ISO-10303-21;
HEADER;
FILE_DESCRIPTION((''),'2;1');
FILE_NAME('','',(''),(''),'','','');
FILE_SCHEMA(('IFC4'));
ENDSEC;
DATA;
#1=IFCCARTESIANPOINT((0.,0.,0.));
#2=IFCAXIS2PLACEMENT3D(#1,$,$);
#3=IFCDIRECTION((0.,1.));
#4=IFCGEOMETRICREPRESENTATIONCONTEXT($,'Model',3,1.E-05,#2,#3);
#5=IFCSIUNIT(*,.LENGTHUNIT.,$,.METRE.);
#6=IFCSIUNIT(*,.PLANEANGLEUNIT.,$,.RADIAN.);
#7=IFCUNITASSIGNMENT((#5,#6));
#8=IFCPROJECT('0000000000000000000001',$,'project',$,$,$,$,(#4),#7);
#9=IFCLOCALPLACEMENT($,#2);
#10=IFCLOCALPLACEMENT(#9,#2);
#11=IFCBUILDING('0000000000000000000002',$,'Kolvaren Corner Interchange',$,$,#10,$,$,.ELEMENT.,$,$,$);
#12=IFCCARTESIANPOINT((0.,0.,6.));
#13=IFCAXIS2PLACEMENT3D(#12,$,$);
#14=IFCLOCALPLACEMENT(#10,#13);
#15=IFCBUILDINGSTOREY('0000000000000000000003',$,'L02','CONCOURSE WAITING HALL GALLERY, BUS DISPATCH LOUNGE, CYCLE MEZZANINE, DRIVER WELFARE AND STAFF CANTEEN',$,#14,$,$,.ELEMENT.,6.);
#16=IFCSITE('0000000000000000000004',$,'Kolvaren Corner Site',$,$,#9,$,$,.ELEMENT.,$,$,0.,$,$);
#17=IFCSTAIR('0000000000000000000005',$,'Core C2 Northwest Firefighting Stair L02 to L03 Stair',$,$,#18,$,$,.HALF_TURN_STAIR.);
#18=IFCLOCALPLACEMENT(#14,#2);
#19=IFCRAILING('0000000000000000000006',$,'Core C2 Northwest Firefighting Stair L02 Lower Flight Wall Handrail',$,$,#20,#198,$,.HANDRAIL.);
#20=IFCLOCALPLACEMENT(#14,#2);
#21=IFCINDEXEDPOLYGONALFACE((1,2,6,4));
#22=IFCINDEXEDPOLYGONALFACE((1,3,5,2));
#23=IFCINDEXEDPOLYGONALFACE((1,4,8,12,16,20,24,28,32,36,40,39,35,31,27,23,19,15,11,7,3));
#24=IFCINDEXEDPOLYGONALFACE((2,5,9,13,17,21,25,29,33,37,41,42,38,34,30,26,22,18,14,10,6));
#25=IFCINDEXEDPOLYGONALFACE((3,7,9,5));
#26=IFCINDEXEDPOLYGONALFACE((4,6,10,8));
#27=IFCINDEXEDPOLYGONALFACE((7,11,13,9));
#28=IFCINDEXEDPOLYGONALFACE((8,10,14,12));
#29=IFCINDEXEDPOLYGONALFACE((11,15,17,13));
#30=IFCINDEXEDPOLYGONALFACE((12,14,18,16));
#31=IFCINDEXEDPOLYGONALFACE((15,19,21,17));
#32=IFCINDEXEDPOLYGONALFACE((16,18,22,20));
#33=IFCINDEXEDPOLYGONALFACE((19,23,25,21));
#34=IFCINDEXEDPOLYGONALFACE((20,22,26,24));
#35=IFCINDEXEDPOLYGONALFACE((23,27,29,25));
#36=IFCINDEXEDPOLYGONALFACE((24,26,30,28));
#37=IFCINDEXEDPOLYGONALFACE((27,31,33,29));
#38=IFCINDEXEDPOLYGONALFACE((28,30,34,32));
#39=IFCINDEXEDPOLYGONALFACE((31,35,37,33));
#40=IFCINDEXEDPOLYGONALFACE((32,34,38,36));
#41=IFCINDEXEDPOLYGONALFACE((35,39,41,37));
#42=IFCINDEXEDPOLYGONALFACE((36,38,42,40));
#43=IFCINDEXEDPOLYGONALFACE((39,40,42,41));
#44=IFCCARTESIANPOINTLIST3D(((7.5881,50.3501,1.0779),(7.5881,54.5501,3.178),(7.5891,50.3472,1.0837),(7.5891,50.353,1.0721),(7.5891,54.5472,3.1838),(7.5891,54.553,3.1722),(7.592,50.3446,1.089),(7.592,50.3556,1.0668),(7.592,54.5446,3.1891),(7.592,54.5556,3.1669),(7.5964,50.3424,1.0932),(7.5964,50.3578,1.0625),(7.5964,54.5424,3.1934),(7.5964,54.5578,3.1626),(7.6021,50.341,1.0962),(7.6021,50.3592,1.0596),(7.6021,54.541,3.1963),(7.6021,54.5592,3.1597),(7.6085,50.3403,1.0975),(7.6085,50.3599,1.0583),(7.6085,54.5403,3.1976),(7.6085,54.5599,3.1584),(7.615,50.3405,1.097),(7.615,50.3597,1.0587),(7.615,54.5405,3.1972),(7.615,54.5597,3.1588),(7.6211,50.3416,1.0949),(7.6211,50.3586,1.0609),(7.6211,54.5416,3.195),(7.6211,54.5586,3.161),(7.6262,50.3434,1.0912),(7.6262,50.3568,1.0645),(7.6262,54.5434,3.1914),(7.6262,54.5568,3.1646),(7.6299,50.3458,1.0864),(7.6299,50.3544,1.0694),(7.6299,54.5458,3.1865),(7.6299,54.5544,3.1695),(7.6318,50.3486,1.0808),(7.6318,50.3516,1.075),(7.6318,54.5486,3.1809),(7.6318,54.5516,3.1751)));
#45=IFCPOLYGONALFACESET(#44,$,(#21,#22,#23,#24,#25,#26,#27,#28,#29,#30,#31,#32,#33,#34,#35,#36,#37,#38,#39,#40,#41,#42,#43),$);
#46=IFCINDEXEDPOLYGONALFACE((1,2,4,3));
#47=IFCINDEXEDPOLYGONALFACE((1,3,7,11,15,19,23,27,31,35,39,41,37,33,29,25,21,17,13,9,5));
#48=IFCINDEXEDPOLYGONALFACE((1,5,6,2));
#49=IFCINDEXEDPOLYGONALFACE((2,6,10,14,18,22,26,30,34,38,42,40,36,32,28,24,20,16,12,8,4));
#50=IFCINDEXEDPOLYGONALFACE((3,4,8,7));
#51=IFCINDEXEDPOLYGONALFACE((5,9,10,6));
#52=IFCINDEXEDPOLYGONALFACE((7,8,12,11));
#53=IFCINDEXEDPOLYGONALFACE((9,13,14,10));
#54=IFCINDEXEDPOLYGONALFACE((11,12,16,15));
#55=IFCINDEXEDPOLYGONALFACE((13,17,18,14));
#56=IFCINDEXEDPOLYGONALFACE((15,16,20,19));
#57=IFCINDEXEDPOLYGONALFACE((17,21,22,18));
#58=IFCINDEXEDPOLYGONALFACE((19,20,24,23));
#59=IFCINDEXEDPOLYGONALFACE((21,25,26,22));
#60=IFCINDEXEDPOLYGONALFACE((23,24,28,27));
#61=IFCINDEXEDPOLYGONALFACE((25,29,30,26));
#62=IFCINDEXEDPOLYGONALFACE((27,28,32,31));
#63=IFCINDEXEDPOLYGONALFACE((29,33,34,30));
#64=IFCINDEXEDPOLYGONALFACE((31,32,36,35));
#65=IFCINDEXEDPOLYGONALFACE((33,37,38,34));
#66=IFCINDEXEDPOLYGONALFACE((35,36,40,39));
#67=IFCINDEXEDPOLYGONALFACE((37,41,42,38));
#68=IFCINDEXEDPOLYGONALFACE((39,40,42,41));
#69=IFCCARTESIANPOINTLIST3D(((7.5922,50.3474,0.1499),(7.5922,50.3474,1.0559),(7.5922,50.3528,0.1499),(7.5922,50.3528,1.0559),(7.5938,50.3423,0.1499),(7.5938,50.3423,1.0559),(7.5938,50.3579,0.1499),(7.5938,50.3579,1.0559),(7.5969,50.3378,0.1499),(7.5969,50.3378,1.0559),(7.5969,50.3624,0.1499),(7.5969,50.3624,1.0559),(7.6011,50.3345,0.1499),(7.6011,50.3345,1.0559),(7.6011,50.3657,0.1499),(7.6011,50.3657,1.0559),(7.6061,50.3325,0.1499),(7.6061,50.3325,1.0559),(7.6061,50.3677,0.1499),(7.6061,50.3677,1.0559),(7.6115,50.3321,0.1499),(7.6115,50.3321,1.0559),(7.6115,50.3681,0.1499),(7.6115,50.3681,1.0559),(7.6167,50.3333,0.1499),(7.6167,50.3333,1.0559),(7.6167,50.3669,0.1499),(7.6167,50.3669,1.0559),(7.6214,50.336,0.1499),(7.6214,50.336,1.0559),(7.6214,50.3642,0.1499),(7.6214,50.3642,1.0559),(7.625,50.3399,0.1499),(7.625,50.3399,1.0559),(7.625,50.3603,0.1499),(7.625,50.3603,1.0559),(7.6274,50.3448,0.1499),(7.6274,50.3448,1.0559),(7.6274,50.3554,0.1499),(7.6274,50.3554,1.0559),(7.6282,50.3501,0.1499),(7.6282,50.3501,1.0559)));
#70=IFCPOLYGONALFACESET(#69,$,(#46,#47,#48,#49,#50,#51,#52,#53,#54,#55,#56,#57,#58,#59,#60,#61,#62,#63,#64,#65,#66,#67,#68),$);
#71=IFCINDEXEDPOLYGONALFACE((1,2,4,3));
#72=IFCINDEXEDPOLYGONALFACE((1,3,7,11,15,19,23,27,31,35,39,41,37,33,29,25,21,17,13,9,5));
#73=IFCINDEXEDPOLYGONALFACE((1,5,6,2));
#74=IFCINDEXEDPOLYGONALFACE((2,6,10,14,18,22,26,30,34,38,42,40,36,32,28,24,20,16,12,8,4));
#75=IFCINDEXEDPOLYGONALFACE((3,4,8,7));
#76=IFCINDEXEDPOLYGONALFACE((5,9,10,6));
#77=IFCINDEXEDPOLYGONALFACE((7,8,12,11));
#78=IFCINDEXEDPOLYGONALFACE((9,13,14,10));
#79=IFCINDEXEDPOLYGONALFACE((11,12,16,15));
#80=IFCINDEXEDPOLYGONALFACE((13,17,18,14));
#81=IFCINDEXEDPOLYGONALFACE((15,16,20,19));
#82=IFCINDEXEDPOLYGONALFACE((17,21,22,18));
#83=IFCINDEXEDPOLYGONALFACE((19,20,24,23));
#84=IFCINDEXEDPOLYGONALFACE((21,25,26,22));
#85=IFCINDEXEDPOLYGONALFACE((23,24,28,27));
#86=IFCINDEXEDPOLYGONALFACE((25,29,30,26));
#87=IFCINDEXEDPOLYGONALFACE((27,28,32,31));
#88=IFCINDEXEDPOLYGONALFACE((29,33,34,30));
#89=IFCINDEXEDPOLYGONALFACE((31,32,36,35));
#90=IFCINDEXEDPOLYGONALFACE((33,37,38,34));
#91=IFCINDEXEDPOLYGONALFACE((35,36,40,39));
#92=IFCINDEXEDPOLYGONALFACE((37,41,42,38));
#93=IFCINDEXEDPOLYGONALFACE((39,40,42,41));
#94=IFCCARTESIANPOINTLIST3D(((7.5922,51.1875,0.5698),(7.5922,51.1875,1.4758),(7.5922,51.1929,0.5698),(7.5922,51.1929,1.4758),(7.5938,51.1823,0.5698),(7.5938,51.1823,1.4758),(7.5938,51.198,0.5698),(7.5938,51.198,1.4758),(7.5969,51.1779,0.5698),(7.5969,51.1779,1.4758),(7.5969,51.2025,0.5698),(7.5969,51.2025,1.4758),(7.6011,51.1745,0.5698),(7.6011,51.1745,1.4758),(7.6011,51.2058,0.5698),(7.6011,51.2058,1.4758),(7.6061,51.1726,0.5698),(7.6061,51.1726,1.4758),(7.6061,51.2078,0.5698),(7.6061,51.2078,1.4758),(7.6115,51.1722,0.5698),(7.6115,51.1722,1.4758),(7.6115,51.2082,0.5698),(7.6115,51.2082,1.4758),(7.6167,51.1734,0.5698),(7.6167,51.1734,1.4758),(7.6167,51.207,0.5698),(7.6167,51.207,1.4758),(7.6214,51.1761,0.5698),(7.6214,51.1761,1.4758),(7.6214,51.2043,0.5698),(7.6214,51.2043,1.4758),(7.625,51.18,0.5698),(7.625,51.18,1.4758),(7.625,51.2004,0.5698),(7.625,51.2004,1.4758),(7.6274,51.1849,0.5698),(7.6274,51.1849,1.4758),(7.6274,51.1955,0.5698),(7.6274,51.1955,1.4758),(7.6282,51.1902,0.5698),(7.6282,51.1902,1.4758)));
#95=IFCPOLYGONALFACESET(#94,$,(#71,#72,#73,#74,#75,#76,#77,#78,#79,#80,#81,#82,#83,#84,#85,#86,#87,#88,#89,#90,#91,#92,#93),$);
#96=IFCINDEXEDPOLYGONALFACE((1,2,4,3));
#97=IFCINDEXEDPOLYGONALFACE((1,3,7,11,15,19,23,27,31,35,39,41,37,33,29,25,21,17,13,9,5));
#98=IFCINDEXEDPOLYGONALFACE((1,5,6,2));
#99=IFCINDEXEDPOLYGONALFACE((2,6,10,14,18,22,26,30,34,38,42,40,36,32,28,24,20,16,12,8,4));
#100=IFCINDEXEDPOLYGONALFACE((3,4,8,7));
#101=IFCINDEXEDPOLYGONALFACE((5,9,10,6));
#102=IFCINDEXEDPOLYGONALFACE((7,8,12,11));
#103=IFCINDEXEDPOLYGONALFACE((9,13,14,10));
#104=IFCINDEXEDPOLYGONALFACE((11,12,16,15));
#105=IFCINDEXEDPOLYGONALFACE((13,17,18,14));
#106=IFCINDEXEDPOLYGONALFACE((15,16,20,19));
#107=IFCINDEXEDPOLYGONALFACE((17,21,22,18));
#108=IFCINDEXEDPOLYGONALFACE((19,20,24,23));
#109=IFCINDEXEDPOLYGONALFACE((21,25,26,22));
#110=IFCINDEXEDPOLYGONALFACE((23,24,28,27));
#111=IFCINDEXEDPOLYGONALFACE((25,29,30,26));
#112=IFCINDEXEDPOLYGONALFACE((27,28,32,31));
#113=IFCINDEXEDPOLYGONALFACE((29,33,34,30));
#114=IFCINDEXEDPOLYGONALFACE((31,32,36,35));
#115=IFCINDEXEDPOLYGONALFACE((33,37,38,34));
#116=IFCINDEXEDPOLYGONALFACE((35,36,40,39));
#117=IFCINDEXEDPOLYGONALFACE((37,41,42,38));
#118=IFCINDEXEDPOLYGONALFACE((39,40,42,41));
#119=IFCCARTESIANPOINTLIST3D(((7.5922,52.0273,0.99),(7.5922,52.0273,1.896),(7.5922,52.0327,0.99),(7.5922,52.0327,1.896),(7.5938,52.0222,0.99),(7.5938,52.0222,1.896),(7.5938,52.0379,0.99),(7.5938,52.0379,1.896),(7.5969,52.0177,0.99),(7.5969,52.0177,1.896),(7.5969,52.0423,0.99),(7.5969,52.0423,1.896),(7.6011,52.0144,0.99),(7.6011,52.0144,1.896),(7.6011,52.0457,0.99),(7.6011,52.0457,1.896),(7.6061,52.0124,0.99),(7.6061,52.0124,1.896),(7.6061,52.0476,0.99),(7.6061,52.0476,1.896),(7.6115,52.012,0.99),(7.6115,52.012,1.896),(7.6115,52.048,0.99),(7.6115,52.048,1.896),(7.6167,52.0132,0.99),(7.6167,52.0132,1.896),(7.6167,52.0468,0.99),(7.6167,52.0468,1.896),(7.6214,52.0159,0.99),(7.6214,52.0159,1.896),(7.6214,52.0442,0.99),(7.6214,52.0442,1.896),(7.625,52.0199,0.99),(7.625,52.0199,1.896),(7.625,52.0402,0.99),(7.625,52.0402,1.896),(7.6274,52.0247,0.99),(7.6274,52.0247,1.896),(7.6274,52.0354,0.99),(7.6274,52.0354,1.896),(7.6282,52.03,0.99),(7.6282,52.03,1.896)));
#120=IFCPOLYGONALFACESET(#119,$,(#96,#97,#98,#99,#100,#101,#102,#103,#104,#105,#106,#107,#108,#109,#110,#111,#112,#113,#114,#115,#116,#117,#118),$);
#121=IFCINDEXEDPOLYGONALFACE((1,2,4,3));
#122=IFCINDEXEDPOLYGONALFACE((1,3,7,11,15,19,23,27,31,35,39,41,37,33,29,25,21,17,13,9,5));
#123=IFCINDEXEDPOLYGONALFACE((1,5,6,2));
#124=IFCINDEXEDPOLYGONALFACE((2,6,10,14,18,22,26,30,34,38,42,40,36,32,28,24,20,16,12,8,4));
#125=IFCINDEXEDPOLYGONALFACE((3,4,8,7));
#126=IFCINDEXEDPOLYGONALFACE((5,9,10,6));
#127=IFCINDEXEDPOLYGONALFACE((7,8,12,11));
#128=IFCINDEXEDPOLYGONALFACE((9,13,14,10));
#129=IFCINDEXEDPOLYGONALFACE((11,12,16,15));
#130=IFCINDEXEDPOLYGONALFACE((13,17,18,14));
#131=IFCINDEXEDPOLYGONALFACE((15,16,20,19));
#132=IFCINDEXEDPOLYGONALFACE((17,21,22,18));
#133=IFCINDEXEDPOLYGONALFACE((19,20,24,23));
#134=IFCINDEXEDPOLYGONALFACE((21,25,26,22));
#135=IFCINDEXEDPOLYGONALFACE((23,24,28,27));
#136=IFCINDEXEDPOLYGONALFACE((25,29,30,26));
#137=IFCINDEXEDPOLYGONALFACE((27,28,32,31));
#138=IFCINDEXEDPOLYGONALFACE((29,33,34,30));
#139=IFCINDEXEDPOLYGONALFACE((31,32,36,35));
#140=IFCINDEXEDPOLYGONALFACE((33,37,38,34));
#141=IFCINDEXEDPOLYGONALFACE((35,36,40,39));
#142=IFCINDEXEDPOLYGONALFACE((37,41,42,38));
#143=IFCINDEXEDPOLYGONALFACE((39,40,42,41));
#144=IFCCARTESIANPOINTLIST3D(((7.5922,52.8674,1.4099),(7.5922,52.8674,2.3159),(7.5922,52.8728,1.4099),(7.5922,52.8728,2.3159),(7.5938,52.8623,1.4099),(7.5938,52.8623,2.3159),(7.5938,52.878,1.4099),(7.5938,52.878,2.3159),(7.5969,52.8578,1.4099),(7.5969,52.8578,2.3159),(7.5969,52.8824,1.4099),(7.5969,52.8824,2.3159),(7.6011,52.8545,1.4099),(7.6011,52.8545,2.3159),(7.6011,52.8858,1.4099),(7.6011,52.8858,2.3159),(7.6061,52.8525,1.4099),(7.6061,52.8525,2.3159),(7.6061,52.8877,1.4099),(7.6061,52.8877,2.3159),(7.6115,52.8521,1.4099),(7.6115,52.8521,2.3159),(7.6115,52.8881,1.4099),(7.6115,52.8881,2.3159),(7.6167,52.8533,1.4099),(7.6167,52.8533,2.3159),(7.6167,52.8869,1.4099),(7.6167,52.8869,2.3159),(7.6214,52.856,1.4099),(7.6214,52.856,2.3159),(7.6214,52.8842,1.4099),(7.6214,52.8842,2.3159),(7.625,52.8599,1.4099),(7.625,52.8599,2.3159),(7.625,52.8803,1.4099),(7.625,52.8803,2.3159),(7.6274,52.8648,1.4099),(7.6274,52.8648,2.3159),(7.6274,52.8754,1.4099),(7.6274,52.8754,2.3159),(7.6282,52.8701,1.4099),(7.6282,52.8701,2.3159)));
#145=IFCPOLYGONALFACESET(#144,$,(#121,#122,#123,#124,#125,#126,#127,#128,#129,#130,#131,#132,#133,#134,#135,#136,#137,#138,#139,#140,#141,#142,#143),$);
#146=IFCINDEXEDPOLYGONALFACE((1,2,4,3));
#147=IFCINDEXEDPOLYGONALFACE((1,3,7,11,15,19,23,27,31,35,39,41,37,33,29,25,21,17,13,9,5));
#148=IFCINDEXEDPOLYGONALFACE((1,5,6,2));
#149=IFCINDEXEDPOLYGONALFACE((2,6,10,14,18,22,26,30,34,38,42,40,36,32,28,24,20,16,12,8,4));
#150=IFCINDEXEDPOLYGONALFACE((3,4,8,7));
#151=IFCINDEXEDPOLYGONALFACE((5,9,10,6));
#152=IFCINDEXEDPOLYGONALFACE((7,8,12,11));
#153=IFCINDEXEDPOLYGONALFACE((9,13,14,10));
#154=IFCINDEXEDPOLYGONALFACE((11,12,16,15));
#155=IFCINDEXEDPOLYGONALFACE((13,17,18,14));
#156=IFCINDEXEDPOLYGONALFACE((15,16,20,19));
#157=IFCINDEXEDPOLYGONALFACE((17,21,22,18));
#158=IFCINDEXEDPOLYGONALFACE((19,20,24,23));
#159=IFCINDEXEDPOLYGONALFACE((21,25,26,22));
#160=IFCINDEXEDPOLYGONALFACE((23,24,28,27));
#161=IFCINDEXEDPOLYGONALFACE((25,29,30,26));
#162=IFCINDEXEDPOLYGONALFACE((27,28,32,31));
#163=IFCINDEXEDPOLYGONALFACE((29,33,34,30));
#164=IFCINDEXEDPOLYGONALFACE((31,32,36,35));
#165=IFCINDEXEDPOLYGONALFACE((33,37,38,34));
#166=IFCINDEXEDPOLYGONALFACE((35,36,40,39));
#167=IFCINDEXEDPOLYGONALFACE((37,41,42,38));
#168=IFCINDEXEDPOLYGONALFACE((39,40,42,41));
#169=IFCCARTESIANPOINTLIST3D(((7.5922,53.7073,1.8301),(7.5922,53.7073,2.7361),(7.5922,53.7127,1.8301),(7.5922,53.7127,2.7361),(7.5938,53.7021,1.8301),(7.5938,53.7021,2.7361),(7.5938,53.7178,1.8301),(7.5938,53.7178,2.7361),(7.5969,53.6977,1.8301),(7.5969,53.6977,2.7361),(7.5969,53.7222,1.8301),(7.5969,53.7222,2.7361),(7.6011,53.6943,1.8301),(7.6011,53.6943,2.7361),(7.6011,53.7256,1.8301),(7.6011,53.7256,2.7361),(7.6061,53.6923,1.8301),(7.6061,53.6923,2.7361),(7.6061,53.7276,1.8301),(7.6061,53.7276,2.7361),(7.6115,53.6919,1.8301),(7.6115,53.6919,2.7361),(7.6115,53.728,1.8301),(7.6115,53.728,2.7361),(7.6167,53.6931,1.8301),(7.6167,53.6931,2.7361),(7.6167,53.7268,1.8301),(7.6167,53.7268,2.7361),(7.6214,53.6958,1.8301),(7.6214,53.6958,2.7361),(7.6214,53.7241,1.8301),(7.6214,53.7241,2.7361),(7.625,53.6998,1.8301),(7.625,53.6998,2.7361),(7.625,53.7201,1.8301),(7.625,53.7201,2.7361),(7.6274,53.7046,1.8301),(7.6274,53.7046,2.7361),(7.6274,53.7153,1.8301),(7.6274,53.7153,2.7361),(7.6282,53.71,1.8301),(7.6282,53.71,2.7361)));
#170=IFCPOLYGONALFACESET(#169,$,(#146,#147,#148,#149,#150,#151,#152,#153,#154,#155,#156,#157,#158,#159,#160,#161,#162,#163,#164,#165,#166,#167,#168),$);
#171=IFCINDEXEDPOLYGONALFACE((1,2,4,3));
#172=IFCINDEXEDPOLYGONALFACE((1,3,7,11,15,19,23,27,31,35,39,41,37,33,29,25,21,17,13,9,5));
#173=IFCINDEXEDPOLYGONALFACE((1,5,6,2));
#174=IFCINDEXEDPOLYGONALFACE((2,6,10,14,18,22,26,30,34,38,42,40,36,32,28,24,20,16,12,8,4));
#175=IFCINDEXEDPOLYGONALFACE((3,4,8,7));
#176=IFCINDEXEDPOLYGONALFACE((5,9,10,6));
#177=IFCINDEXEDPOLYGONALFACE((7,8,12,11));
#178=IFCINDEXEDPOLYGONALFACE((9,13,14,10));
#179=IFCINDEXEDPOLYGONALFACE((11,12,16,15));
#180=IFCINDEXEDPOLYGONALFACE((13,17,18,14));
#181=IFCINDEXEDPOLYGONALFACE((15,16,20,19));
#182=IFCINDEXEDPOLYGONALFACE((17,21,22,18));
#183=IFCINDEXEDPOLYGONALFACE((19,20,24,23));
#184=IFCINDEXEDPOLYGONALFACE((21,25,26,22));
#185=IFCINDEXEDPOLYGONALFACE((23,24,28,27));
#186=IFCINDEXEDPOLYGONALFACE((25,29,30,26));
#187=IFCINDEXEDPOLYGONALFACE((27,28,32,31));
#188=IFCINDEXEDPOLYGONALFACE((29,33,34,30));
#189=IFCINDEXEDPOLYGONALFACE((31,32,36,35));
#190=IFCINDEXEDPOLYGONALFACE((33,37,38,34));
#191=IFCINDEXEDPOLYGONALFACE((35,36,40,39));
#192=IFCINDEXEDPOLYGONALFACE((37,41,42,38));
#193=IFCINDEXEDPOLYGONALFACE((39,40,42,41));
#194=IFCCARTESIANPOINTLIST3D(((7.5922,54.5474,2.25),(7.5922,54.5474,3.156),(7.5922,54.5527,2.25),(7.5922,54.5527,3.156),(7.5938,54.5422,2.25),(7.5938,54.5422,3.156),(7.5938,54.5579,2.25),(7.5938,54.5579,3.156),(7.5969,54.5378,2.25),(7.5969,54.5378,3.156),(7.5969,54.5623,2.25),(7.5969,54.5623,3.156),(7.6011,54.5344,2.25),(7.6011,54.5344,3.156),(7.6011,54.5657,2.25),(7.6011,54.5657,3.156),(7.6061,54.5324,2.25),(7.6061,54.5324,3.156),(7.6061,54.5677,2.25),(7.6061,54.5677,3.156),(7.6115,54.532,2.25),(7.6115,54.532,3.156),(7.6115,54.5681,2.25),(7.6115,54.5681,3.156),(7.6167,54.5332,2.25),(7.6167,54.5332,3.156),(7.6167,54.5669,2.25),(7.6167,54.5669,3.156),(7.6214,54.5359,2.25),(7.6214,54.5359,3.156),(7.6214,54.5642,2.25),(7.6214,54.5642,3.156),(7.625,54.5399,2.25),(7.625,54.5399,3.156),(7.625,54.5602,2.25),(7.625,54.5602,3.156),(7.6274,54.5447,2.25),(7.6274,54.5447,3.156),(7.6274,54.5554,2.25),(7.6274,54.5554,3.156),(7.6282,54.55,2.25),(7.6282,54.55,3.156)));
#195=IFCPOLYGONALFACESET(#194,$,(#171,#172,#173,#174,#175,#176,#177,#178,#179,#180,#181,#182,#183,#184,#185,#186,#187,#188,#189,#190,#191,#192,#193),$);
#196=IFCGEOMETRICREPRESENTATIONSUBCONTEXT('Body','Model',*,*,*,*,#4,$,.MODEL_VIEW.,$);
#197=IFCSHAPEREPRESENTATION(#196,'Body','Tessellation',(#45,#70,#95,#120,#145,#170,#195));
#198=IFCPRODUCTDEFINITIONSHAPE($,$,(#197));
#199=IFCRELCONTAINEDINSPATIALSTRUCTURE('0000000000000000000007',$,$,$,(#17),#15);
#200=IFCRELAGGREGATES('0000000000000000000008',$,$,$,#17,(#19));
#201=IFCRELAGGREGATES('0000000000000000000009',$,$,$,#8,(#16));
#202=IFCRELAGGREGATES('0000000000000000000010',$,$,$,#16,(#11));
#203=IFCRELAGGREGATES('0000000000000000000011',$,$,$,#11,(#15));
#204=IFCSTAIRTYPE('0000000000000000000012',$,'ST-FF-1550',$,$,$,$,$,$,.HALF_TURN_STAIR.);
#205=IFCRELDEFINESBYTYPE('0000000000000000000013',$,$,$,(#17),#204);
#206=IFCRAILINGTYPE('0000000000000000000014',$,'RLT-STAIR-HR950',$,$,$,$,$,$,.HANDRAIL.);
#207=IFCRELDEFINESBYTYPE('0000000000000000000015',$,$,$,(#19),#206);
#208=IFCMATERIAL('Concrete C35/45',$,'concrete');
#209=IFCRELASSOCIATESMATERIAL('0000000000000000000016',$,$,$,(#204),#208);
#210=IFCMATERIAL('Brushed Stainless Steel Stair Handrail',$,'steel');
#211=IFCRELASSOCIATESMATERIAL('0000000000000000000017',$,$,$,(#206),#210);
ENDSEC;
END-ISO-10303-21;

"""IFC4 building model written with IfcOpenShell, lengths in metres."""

from ifc_helpers import new_model, si_unit, direction, frame, origin, origin_2d, place, context, subcontext, project, spatial, circle, extrude, material, type_object, element, aggregate, save


model = new_model("IFC4")

# Units and contexts
model_context = context("Model", 3, precision=1e-05, world=origin(), true_north=direction((0.0, 1.0)))
body_context = subcontext(model_context, "Body", "Model", "MODEL_VIEW")
ifc_project = project(units=[si_unit("LENGTHUNIT", "METRE"), si_unit("PLANEANGLEUNIT", "RADIAN")], contexts=[model_context])

# Site, building, storey
site_placement = place(None, origin())
site = spatial("IfcSite", under=ifc_project, at=site_placement, Name="Kolvaren Corner Site", CompositionType="ELEMENT", RefElevation=0.0)
building_placement = place(site_placement, origin())
building = spatial("IfcBuilding", under=site, at=building_placement, Name="Kolvaren Corner Interchange", CompositionType="ELEMENT")
storey_placement = place(building_placement, frame((0.0, 0.0, 6.0)))
storey = spatial("IfcBuildingStorey", under=building, at=storey_placement, Name="L02", Description="CONCOURSE WAITING HALL GALLERY, BUS DISPATCH LOUNGE, CYCLE MEZZANINE, DRIVER WELFARE AND STAFF CANTEEN", CompositionType="ELEMENT", Elevation=6.0)

# Stair
ifc_material_1 = material(Name="Concrete C35/45", Category="concrete")
stair_type = type_object("IfcStairType", Name="ST-FF-1550", PredefinedType="HALF_TURN_STAIR", material=ifc_material_1)
stair_placement = place(storey_placement, origin())
stair = element("IfcStair", 1, at=stair_placement, inside=storey, type_object=stair_type, Name="Core C2 Northwest Firefighting Stair L02 to L03 Stair", PredefinedType="HALF_TURN_STAIR")

# Railing
ifc_material_2 = material(Name="Brushed Stainless Steel Stair Handrail", Category="steel")
railing_type_1 = type_object("IfcRailingType", Name="RLT-STAIR-HR950", PredefinedType="HANDRAIL", material=ifc_material_2)
railing_1_placement = place(storey_placement, frame((7.6101, 50.3501, 0.1499)))
railing_1 = element("IfcRailing", 2, at=railing_1_placement, type_object=railing_type_1, Name="Core C2 Northwest Firefighting Stair L02 Lower Flight Wall Handrail", PredefinedType="HANDRAIL", context=body_context, shape_type="SweptSolid", body=[
    extrude(circle(Radius=0.022, at=origin_2d()), frame((0.0, 0.0, 0.928), z_axis=(0.0, 0.894417, 0.447234), x_axis=(-1.0, 0.0, 0.0)), (0.0, 0.0, 1.0), 4.6958),
    extrude(circle(Radius=0.0181, at=origin_2d()), origin(), (0.0, 0.0, 1.0), 0.906),
    extrude(circle(Radius=0.0181, at=origin_2d()), frame((0.0, 0.8401, 0.4199)), (0.0, 0.0, 1.0), 0.906),
    extrude(circle(Radius=0.0181, at=origin_2d()), frame((0.0, 1.6799, 0.8401)), (0.0, 0.0, 1.0), 0.906),
    extrude(circle(Radius=0.0181, at=origin_2d()), frame((0.0, 2.52, 1.26)), (0.0, 0.0, 1.0), 0.906),
    extrude(circle(Radius=0.0181, at=origin_2d()), frame((0.0, 3.3599, 1.6802)), (0.0, 0.0, 1.0), 0.906),
    extrude(circle(Radius=0.0181, at=origin_2d()), frame((0.0, 4.2, 2.1001)), (0.0, 0.0, 1.0), 0.906),
])
aggregate(stair, [railing_1])

save(model, "model.ifc")
